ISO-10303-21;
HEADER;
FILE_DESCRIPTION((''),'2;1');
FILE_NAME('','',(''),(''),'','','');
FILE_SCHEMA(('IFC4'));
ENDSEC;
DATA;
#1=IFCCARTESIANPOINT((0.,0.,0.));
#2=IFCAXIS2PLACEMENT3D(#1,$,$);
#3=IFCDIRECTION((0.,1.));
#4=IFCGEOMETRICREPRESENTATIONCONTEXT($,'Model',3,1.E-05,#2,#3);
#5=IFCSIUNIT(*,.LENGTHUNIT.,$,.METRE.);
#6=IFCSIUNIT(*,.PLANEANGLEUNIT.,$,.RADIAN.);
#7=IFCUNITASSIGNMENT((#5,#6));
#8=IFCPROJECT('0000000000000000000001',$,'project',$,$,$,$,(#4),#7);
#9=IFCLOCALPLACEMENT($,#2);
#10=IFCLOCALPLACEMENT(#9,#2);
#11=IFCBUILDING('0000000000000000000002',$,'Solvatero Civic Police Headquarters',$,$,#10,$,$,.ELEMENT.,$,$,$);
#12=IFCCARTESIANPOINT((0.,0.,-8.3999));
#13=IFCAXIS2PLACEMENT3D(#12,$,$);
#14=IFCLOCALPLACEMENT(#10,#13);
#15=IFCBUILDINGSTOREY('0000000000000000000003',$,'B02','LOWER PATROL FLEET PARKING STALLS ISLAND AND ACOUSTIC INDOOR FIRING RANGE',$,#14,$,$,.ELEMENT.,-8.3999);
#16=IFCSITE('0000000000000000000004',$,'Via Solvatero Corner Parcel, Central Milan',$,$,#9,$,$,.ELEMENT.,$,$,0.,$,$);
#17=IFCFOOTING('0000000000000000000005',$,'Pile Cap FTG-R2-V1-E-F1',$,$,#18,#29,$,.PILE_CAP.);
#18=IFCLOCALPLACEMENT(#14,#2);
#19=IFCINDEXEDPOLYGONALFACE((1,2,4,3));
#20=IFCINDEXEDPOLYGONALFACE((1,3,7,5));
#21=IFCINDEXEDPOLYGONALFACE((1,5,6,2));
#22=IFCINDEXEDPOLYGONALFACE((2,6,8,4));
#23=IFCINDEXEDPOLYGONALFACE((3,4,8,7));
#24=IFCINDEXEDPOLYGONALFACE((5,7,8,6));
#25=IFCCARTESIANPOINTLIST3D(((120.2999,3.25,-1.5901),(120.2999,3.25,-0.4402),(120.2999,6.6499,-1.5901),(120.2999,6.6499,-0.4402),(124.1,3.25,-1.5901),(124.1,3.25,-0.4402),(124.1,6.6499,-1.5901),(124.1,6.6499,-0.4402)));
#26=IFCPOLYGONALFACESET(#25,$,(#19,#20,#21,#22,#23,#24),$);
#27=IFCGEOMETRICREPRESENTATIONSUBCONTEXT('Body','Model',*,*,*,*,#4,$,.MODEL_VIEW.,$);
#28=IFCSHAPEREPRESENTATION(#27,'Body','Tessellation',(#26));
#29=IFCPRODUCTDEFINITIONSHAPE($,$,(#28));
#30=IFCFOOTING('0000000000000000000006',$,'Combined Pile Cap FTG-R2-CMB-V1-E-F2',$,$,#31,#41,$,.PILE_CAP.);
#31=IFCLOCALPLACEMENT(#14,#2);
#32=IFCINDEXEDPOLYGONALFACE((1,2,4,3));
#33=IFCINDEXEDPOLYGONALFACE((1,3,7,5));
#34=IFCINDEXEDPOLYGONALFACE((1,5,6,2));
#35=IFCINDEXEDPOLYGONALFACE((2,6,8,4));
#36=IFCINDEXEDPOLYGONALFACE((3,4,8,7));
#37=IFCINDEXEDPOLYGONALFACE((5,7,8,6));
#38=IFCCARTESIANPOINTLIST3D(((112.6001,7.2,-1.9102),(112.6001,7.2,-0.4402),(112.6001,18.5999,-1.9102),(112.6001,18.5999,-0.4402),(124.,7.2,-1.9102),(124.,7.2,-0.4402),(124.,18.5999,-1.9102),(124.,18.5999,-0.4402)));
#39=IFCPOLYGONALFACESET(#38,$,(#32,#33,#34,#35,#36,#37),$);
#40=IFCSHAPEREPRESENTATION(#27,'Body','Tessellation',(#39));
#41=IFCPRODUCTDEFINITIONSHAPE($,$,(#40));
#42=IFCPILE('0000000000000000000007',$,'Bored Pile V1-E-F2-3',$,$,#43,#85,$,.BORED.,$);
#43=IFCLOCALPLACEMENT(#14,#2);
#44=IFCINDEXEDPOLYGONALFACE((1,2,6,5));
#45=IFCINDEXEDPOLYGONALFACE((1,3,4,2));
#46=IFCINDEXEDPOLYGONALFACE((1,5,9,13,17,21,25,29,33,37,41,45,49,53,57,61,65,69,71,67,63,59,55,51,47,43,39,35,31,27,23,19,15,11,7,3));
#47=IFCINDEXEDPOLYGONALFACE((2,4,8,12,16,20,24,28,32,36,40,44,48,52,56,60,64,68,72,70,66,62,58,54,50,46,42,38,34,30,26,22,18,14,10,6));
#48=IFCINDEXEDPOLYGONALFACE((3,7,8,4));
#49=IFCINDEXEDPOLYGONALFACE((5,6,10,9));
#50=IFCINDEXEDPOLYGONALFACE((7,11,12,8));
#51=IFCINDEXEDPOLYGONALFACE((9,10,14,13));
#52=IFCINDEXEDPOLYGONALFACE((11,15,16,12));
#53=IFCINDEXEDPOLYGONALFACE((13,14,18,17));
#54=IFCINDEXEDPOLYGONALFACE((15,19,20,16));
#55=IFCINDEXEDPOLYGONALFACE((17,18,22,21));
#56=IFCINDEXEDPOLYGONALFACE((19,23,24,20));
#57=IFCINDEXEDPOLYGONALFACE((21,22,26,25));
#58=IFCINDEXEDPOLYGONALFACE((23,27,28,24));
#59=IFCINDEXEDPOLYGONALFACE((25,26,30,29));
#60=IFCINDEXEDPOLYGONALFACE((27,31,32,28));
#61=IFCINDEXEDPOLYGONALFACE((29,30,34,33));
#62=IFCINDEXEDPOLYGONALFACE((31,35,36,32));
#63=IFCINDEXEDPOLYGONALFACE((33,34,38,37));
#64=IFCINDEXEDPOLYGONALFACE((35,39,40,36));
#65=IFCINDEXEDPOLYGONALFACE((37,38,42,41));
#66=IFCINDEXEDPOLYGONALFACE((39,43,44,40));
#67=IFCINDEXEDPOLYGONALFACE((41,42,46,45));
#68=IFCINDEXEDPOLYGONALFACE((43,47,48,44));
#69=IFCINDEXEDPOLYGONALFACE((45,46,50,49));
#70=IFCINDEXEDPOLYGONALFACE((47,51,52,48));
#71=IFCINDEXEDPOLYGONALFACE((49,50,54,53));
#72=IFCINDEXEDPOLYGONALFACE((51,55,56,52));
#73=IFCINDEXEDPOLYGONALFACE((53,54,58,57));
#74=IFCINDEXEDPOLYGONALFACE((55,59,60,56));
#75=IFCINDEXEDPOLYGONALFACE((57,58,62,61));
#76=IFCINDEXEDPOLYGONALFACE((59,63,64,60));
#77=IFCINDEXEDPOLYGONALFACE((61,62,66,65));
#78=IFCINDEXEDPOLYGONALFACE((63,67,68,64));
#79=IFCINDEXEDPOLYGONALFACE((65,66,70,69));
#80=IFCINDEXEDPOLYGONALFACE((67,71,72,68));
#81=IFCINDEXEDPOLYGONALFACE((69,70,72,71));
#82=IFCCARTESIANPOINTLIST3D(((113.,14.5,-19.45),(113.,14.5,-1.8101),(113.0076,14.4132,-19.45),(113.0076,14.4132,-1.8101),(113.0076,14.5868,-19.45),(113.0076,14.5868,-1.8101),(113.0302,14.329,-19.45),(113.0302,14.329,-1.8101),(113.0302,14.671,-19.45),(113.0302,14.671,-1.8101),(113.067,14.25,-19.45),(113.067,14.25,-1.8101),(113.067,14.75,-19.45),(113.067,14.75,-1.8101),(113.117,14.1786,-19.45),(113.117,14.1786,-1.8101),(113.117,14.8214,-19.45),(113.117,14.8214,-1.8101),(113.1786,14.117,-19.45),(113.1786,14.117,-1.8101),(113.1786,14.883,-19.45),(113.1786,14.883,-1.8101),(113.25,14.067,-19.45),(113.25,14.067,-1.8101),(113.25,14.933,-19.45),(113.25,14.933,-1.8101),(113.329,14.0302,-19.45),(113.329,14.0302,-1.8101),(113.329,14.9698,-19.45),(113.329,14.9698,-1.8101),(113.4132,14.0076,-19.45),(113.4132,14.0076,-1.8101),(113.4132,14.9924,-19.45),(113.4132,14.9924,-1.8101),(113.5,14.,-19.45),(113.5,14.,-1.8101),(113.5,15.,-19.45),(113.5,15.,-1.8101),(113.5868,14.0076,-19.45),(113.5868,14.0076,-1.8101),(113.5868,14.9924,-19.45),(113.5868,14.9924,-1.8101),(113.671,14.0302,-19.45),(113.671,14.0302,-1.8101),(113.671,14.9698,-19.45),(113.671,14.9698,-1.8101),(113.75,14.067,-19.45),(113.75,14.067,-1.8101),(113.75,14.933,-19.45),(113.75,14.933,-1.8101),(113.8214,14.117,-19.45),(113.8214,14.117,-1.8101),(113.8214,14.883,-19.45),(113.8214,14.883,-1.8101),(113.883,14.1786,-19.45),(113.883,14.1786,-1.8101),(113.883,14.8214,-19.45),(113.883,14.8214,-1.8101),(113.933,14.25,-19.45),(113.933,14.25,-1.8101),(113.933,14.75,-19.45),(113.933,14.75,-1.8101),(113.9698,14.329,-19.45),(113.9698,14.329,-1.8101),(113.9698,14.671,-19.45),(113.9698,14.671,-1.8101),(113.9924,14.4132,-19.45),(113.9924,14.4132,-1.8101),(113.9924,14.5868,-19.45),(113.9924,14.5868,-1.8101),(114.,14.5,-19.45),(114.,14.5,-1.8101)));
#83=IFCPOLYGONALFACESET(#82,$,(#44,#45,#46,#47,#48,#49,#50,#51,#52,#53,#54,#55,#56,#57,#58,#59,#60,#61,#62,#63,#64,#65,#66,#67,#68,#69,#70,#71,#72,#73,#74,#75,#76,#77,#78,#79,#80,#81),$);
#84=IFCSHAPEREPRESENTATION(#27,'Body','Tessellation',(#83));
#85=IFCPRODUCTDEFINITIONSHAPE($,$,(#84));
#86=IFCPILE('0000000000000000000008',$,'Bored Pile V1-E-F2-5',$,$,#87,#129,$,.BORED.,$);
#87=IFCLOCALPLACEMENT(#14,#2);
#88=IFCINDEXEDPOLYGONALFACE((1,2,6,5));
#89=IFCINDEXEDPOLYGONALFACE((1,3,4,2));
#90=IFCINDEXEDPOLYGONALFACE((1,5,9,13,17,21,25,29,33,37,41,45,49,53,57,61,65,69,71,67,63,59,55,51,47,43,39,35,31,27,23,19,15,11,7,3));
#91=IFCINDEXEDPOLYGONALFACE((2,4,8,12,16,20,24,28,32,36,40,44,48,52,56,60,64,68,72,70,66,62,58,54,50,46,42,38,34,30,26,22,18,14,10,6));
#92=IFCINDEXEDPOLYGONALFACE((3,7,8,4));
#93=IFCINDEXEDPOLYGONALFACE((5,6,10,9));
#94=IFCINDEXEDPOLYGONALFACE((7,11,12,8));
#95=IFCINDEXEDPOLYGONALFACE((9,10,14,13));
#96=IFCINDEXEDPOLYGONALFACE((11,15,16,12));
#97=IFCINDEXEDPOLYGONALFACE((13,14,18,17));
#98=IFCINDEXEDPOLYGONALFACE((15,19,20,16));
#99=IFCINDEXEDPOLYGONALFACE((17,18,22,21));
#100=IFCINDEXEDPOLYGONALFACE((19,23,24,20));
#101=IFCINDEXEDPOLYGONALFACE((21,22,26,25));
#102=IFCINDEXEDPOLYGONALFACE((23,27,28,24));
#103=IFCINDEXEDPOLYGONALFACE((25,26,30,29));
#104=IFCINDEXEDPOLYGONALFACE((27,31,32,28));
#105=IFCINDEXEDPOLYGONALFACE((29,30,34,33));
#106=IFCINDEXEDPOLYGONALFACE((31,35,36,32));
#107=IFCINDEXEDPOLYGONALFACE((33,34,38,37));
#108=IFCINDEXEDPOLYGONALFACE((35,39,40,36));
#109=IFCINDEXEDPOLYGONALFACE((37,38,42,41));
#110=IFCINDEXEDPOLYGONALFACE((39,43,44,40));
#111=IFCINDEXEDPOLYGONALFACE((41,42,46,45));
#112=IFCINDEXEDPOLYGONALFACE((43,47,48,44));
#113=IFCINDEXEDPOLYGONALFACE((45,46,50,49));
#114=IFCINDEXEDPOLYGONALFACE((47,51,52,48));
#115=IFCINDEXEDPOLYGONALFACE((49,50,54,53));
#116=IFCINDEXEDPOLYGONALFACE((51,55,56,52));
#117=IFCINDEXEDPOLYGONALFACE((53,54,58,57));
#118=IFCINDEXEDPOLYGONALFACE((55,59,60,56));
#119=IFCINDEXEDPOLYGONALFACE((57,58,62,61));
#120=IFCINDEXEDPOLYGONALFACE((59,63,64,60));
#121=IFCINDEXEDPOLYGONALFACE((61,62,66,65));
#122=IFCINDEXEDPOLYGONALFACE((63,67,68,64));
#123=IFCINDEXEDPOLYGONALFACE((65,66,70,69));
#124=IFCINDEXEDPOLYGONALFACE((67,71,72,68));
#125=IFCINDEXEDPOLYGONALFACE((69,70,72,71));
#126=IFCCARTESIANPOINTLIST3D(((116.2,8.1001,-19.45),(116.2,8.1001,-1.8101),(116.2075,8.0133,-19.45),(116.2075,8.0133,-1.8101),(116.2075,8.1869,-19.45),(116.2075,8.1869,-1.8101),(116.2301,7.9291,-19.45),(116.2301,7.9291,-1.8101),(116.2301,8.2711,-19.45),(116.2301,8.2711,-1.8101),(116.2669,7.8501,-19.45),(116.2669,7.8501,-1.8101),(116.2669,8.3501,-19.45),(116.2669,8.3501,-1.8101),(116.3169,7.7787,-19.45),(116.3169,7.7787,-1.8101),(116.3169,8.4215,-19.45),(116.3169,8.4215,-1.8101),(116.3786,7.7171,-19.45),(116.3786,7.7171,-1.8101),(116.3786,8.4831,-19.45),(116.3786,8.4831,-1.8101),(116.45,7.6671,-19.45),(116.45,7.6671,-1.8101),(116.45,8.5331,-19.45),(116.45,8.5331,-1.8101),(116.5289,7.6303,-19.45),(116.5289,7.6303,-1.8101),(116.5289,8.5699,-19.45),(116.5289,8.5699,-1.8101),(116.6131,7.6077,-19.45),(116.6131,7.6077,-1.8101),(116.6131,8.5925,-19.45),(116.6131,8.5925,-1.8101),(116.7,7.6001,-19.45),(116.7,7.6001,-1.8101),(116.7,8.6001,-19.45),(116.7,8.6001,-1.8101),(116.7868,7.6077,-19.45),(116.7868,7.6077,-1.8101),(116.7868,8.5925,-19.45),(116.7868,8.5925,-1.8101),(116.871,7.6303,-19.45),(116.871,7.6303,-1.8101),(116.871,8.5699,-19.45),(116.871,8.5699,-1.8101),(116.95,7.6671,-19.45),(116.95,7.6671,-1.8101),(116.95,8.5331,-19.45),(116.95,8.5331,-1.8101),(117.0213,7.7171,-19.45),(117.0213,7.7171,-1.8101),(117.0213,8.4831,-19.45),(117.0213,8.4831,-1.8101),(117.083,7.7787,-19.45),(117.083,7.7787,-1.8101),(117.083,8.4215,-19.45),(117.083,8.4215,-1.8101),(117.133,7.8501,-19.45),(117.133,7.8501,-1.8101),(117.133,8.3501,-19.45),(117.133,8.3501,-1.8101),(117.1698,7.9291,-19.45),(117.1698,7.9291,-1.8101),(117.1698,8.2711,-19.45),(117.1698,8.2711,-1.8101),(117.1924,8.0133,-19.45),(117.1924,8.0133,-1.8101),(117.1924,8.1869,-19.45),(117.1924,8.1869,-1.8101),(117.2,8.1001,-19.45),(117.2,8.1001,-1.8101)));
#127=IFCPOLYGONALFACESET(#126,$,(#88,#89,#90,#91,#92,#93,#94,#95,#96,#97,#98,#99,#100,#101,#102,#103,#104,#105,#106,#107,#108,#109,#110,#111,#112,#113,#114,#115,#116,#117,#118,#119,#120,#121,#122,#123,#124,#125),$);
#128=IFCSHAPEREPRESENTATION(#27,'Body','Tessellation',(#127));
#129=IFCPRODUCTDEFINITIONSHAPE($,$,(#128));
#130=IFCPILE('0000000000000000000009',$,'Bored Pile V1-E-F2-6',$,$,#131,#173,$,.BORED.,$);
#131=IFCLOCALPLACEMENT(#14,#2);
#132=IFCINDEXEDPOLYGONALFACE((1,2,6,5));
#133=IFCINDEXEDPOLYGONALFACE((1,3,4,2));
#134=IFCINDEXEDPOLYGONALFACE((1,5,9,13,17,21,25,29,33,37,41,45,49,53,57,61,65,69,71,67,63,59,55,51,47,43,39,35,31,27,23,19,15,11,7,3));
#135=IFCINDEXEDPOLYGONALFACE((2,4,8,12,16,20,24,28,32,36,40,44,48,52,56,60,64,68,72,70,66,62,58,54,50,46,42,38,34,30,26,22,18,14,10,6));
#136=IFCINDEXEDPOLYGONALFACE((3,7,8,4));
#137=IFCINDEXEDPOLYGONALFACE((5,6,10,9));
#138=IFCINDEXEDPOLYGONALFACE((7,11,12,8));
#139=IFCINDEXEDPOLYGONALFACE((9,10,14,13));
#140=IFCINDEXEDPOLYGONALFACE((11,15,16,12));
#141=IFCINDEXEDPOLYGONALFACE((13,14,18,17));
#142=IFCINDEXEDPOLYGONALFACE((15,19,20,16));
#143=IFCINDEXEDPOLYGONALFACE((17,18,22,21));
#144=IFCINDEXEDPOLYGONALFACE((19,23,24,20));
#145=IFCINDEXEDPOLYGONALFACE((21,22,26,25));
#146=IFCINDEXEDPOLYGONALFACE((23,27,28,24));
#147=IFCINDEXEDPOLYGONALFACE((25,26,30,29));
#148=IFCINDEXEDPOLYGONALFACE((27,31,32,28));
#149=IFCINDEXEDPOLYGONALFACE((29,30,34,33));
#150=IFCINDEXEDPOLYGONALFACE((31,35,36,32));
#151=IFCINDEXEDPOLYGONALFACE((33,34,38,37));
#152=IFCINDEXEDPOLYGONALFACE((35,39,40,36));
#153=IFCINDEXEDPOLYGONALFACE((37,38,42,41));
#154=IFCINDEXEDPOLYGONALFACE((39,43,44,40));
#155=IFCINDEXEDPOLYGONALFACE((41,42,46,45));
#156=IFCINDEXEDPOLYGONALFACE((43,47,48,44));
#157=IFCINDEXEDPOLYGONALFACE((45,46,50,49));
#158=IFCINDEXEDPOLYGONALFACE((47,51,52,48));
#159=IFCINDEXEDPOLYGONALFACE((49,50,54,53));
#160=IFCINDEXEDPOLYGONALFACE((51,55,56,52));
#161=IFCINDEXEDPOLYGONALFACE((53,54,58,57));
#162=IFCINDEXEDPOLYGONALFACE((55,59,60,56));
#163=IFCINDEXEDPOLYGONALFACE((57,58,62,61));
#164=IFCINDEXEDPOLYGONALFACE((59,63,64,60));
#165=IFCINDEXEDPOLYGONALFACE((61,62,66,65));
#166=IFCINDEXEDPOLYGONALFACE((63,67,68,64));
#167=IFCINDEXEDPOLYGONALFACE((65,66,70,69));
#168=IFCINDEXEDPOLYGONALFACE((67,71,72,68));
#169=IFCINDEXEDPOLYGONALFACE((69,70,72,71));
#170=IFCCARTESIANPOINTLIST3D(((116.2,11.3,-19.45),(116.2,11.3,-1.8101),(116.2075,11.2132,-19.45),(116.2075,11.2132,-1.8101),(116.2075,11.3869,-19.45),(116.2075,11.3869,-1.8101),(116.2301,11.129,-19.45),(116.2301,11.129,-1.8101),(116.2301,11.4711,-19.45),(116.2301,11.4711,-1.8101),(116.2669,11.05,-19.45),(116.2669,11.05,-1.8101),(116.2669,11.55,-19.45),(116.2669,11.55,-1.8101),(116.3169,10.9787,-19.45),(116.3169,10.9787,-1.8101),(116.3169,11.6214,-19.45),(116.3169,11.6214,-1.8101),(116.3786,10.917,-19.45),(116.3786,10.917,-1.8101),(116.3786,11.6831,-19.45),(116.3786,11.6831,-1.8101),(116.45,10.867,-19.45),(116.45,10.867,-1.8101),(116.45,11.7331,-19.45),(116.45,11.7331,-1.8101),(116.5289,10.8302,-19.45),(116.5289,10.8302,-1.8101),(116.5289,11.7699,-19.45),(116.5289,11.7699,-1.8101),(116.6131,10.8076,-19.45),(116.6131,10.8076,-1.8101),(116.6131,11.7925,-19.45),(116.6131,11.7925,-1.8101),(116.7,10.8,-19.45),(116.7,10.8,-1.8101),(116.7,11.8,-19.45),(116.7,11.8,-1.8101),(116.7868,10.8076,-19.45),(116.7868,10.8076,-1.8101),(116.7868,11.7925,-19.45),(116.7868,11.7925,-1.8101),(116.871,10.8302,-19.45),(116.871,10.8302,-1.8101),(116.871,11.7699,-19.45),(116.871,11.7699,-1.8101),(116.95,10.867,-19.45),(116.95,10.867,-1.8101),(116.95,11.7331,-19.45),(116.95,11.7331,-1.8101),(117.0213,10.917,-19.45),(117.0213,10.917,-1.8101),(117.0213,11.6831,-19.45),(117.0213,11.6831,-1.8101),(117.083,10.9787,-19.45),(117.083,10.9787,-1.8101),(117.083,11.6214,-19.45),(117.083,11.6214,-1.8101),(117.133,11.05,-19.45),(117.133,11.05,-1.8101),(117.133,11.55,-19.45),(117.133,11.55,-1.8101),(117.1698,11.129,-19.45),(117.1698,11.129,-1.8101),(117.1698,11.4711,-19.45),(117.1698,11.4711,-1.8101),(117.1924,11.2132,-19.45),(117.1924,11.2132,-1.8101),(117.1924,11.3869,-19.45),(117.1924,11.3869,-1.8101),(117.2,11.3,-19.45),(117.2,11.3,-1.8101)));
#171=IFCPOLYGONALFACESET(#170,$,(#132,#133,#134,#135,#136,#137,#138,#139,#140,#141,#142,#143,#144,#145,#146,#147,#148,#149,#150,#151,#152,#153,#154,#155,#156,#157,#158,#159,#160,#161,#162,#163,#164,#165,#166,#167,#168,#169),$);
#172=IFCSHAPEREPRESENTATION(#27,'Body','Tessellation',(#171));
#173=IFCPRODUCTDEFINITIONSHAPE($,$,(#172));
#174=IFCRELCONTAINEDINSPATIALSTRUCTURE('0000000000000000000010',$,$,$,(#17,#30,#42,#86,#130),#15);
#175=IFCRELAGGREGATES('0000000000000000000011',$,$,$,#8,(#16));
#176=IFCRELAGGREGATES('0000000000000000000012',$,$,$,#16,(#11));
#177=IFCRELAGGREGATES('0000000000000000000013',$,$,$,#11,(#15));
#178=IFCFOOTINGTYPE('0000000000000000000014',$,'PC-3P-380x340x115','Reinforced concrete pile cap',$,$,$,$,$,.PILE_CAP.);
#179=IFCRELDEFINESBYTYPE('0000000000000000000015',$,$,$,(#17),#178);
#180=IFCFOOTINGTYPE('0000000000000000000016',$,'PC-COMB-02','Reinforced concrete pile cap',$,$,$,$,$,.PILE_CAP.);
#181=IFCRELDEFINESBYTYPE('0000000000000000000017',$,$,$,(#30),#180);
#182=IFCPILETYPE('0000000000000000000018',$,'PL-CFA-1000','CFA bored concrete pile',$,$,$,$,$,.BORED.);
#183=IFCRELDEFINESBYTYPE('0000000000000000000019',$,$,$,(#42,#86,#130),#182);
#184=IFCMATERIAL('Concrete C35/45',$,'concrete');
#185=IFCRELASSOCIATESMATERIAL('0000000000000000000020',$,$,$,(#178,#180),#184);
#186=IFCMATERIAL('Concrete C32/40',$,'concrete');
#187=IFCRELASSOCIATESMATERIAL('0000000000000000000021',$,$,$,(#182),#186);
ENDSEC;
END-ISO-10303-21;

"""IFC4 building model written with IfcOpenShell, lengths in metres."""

from ifc_helpers import new_model, si_unit, direction, frame, origin, origin_2d, place, context, subcontext, project, spatial, rectangle, circle, extrude, material, material_profile, profile_set, type_object, element, save


model = new_model("IFC4")

# Units and contexts
model_context = context("Model", 3, precision=1e-05, world=origin(), true_north=direction((0.0, 1.0)))
body_context = subcontext(model_context, "Body", "Model", "MODEL_VIEW")
ifc_project = project(units=[si_unit("LENGTHUNIT", "METRE"), si_unit("PLANEANGLEUNIT", "RADIAN")], contexts=[model_context])

# Site, building, storey
site_placement = place(None, origin())
site = spatial("IfcSite", under=ifc_project, at=site_placement, Name="Via Solvatero Corner Parcel, Central Milan", CompositionType="ELEMENT", RefElevation=0.0)
building_placement = place(site_placement, origin())
building = spatial("IfcBuilding", under=site, at=building_placement, Name="Solvatero Civic Police Headquarters", CompositionType="ELEMENT")
storey_placement = place(building_placement, frame((0.0, 0.0, -8.3999)))
storey = spatial("IfcBuildingStorey", under=building, at=storey_placement, Name="B02", Description="LOWER PATROL FLEET PARKING STALLS ISLAND AND ACOUSTIC INDOOR FIRING RANGE", CompositionType="ELEMENT", Elevation=-8.3999)

# Footings
ifc_material_1 = material(Name="Concrete C35/45", Category="concrete")
footing_type_1 = type_object("IfcFootingType", Name="PC-3P-380x340x115", Description="Reinforced concrete pile cap", PredefinedType="PILE_CAP", material=ifc_material_1)
footing_1_placement = place(storey_placement, frame((122.2, 4.95, -1.5901), z_axis=(0.0, 0.0, 1.0), x_axis=(1.0, 0.0, 0.0)))
element("IfcFooting", 1, at=footing_1_placement, inside=storey, type_object=footing_type_1, Name="Pile Cap FTG-R2-V1-E-F1", PredefinedType="PILE_CAP", context=body_context, shape_type="SweptSolid", body=[
    extrude(rectangle(XDim=3.8, YDim=3.3999, at=origin_2d()), origin(), (0.0, 0.0, 1.0), 1.1499),
])
footing_type_2 = type_object("IfcFootingType", Name="PC-COMB-02", Description="Reinforced concrete pile cap", PredefinedType="PILE_CAP", material=ifc_material_1)
footing_2_placement = place(storey_placement, frame((118.3, 12.8999, -1.9102), z_axis=(0.0, 0.0, 1.0), x_axis=(1.0, 0.0, 0.0)))
element("IfcFooting", 2, at=footing_2_placement, inside=storey, type_object=footing_type_2, Name="Combined Pile Cap FTG-R2-CMB-V1-E-F2", PredefinedType="PILE_CAP", context=body_context, shape_type="SweptSolid", body=[
    extrude(rectangle(XDim=11.3999, YDim=11.3999, at=origin_2d()), origin(), (0.0, 0.0, 1.0), 1.47),
])

# Piles
ifc_material_2 = material(Name="Concrete C32/40", Category="concrete")
ifc_material_profile_1 = material_profile(ifc_material_2, circle(Radius=0.5, at=origin_2d()), Name="CFA PILE D1000")
ifc_profile_set_1 = profile_set([ifc_material_profile_1], Name="Concrete C32/40")
pile_type_1 = type_object("IfcPileType", Name="PL-CFA-1000", Description="CFA bored concrete pile", PredefinedType="BORED", material=ifc_profile_set_1)
for number, where, z_axis, x_axis, name in (
    (3, (113.5, 14.5, -1.8101), (0.0, 0.0, -1.0), (1.0, 0.0, 0.0), "Bored Pile V1-E-F2-3"),
    (4, (116.7, 8.1001, -1.8101), (0.0, 0.0, -1.0), (1.0, 0.0, 0.0), "Bored Pile V1-E-F2-5"),
    (5, (116.7, 11.3, -1.8101), (0.0, 0.0, -1.0), (1.0, 0.0, 0.0), "Bored Pile V1-E-F2-6"),
):
    element("IfcPile", number, at=place(storey_placement, frame(where, z_axis=z_axis, x_axis=x_axis)), inside=storey, type_object=pile_type_1, Name=name, PredefinedType="BORED", context=body_context, shape_type="SweptSolid", body=[
        extrude(circle(Radius=0.5, at=origin_2d()), origin(), (0.0, 0.0, 1.0), 17.6399),
    ])

save(model, "model.ifc")
